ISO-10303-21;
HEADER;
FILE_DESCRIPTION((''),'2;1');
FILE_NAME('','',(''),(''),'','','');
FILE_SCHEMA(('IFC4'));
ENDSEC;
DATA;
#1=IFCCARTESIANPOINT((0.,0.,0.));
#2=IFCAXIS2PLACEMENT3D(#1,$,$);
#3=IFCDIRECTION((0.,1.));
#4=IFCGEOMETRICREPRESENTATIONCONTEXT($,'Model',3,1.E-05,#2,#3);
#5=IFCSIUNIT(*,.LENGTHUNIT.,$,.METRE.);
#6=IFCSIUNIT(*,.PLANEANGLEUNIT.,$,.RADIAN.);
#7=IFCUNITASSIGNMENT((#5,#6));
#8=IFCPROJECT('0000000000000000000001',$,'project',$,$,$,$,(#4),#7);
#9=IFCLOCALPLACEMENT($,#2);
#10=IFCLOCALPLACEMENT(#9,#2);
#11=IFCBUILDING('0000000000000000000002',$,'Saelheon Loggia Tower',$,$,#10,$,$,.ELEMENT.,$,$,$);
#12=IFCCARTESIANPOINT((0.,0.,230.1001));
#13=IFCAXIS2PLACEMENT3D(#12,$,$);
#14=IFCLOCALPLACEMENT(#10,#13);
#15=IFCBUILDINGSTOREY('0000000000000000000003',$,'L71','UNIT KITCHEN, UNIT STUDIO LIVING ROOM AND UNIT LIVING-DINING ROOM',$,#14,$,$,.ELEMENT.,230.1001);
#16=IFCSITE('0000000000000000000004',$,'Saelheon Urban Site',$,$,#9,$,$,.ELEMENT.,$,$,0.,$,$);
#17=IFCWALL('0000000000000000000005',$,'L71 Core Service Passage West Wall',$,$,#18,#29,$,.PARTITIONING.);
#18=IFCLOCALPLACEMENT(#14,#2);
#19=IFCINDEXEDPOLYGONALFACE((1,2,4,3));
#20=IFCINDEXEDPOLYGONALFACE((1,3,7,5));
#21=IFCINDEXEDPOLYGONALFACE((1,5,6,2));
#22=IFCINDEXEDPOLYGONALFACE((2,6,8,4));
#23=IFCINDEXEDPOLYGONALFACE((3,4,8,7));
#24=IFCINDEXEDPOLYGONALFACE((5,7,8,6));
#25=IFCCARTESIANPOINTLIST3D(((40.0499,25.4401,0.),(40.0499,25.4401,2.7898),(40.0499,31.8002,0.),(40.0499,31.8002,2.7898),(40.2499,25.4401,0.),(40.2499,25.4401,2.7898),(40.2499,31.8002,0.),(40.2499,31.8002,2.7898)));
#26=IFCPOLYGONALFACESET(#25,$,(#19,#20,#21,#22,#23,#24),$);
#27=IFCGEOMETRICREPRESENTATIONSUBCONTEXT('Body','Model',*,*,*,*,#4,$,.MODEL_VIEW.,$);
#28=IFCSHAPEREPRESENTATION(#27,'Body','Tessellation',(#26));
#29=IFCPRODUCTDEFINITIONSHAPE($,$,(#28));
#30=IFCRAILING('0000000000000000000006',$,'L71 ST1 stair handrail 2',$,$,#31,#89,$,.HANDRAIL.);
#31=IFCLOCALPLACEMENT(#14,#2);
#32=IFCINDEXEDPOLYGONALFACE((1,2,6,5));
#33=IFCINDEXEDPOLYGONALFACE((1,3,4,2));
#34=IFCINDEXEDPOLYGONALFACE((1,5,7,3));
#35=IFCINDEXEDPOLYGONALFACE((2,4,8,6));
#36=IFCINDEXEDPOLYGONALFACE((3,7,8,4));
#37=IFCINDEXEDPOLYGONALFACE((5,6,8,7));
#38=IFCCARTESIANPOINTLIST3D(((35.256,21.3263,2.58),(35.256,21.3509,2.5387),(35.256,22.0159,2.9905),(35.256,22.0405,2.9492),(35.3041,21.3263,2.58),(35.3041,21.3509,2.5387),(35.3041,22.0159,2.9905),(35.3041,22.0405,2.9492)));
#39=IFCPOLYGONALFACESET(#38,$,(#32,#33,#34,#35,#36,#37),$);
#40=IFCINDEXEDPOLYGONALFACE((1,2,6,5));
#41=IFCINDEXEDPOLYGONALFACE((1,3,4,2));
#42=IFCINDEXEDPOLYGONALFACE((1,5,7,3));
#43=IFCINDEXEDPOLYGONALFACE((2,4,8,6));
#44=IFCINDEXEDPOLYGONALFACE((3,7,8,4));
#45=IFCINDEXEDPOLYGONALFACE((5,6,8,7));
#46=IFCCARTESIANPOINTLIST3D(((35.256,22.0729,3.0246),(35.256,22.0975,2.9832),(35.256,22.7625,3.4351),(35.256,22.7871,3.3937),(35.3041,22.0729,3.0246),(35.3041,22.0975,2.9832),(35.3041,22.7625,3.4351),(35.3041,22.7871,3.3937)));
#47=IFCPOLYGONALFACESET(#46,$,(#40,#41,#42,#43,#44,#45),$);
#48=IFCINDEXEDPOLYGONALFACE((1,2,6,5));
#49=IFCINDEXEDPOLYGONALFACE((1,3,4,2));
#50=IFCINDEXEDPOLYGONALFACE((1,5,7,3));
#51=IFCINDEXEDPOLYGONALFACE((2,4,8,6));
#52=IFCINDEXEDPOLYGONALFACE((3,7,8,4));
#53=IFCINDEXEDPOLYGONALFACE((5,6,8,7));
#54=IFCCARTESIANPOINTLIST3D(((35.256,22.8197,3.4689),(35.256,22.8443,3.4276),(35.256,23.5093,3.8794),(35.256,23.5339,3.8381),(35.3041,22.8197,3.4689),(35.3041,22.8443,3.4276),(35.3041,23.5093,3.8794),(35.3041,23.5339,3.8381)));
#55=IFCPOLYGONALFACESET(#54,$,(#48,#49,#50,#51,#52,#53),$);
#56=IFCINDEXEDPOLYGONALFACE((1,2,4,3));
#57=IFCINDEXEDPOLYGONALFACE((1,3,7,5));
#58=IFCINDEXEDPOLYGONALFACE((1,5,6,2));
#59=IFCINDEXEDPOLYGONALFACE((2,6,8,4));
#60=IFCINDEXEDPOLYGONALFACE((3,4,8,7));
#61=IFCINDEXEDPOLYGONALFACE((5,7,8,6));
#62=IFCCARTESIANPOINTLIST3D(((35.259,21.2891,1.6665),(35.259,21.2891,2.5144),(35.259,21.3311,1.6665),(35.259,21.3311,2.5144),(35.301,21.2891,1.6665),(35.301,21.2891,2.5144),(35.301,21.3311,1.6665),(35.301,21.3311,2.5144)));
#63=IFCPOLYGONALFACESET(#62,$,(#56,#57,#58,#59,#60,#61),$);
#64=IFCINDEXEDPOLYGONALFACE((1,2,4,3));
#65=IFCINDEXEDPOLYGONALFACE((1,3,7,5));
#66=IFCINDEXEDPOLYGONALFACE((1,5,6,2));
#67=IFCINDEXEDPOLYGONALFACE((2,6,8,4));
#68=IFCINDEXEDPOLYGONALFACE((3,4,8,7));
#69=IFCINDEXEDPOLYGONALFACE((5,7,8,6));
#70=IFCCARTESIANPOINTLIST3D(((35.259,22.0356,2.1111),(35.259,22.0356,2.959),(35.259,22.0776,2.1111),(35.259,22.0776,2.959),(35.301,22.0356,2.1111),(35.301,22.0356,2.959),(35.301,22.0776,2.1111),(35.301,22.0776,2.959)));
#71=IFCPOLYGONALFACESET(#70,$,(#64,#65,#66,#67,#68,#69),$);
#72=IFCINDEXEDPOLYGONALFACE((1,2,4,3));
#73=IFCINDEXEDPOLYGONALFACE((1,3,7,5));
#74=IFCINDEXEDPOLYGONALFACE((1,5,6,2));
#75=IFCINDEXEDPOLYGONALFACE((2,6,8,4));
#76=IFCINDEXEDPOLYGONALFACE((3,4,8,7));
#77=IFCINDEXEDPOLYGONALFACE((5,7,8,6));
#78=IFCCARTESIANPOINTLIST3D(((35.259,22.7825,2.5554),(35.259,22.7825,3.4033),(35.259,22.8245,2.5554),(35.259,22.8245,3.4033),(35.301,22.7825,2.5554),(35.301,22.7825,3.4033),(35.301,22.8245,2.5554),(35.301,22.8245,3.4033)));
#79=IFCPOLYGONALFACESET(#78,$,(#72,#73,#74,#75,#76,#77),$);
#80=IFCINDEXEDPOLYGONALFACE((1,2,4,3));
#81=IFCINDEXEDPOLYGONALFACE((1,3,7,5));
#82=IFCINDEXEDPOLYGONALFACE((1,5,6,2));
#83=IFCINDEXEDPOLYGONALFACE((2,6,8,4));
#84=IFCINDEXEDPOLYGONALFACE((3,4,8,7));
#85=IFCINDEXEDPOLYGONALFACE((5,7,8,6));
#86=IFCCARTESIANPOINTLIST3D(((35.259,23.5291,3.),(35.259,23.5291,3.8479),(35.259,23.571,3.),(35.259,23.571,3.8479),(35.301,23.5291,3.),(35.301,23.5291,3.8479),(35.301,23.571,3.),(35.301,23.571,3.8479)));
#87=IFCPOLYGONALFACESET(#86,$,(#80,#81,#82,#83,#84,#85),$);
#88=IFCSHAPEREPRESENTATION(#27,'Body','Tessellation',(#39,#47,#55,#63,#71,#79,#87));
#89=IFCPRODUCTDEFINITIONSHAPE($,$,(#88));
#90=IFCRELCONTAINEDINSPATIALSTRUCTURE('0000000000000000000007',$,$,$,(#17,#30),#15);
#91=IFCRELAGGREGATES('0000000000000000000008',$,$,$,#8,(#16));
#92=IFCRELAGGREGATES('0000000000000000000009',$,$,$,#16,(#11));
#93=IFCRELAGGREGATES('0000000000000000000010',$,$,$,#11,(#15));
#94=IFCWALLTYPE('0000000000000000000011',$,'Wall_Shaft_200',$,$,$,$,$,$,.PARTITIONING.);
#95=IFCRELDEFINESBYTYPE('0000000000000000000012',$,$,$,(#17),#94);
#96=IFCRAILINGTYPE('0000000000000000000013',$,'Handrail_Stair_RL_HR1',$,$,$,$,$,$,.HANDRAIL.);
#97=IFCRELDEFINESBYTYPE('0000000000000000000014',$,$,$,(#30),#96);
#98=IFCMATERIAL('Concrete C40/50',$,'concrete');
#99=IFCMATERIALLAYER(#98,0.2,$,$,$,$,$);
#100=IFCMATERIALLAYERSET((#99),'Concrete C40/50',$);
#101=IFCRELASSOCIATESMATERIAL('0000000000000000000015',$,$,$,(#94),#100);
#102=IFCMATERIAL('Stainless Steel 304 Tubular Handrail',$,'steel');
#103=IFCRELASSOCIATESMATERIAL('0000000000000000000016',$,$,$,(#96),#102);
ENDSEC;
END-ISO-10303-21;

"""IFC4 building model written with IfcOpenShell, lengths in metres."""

from ifc_helpers import new_model, si_unit, direction, frame, frame_2d, origin, origin_2d, place, context, subcontext, project, spatial, rectangle, extrude, material, layer, layer_set, type_object, element, save


model = new_model("IFC4")

# Units and contexts
model_context = context("Model", 3, precision=1e-05, world=origin(), true_north=direction((0.0, 1.0)))
body_context = subcontext(model_context, "Body", "Model", "MODEL_VIEW")
ifc_project = project(units=[si_unit("LENGTHUNIT", "METRE"), si_unit("PLANEANGLEUNIT", "RADIAN")], contexts=[model_context])

# Site, building, storey
site_placement = place(None, origin())
site = spatial("IfcSite", under=ifc_project, at=site_placement, Name="Saelheon Urban Site", CompositionType="ELEMENT", RefElevation=0.0)
building_placement = place(site_placement, origin())
building = spatial("IfcBuilding", under=site, at=building_placement, Name="Saelheon Loggia Tower", CompositionType="ELEMENT")
storey_placement = place(building_placement, frame((0.0, 0.0, 230.1001)))
storey = spatial("IfcBuildingStorey", under=building, at=storey_placement, Name="L71", Description="UNIT KITCHEN, UNIT STUDIO LIVING ROOM AND UNIT LIVING-DINING ROOM", CompositionType="ELEMENT", Elevation=230.1001)

# Wall
ifc_material_1 = material(Name="Concrete C40/50", Category="concrete")
ifc_layer_1 = layer(ifc_material_1, 0.2)
ifc_layer_set_1 = layer_set([ifc_layer_1], Name="Concrete C40/50")
wall_type_1 = type_object("IfcWallType", Name="Wall_Shaft_200", PredefinedType="PARTITIONING", material=ifc_layer_set_1)
wall_1_placement = place(storey_placement, frame((40.1499, 25.4399, 0.0), z_axis=(0.0, 0.0, 1.0), x_axis=(0.0, 1.0, 0.0)))
element("IfcWall", 1, at=wall_1_placement, inside=storey, type_object=wall_type_1, Name="L71 Core Service Passage West Wall", PredefinedType="PARTITIONING", context=body_context, shape_type="SweptSolid", body=[
    extrude(rectangle(XDim=6.3601, YDim=0.2, at=frame_2d((3.1802, 0.0))), origin(), (0.0, 0.0, 1.0), 2.7898),
])

# Railing
ifc_material_2 = material(Name="Stainless Steel 304 Tubular Handrail", Category="steel")
railing_type = type_object("IfcRailingType", Name="Handrail_Stair_RL_HR1", PredefinedType="HANDRAIL", material=ifc_material_2)
railing_placement = place(storey_placement, frame((35.28, 21.3101, 1.6665)))
element("IfcRailing", 2, at=railing_placement, inside=storey, type_object=railing_type, Name="L71 ST1 stair handrail 2", PredefinedType="HANDRAIL", context=body_context, shape_type="SweptSolid", body=[
    extrude(rectangle(XDim=0.0481, YDim=0.0481, at=origin_2d()), frame((0.0, 0.0286, 0.8928), z_axis=(0.0, 0.859264, 0.511532), x_axis=(-1.0, 0.0, 0.0)), (0.0, 0.0, 1.0), 0.8025),
    extrude(rectangle(XDim=0.0481, YDim=0.0481, at=origin_2d()), frame((0.0, 0.7751, 1.3374), z_axis=(0.0, 0.859264, 0.511532), x_axis=(-1.0, 0.0, 0.0)), (0.0, 0.0, 1.0), 0.8025),
    extrude(rectangle(XDim=0.0481, YDim=0.0481, at=origin_2d()), frame((0.0, 1.522, 1.7817), z_axis=(0.0, 0.859264, 0.511532), x_axis=(-1.0, 0.0, 0.0)), (0.0, 0.0, 1.0), 0.8025),
    extrude(rectangle(XDim=0.042, YDim=0.042, at=origin_2d()), origin(), (0.0, 0.0, 1.0), 0.8479),
    extrude(rectangle(XDim=0.042, YDim=0.042, at=origin_2d()), frame((0.0, 0.7466, 0.4446)), (0.0, 0.0, 1.0), 0.8479),
    extrude(rectangle(XDim=0.042, YDim=0.042, at=origin_2d()), frame((0.0, 1.4934, 0.8889)), (0.0, 0.0, 1.0), 0.8479),
    extrude(rectangle(XDim=0.042, YDim=0.042, at=origin_2d()), frame((0.0, 2.24, 1.3335)), (0.0, 0.0, 1.0), 0.8479),
])

save(model, "model.ifc")
